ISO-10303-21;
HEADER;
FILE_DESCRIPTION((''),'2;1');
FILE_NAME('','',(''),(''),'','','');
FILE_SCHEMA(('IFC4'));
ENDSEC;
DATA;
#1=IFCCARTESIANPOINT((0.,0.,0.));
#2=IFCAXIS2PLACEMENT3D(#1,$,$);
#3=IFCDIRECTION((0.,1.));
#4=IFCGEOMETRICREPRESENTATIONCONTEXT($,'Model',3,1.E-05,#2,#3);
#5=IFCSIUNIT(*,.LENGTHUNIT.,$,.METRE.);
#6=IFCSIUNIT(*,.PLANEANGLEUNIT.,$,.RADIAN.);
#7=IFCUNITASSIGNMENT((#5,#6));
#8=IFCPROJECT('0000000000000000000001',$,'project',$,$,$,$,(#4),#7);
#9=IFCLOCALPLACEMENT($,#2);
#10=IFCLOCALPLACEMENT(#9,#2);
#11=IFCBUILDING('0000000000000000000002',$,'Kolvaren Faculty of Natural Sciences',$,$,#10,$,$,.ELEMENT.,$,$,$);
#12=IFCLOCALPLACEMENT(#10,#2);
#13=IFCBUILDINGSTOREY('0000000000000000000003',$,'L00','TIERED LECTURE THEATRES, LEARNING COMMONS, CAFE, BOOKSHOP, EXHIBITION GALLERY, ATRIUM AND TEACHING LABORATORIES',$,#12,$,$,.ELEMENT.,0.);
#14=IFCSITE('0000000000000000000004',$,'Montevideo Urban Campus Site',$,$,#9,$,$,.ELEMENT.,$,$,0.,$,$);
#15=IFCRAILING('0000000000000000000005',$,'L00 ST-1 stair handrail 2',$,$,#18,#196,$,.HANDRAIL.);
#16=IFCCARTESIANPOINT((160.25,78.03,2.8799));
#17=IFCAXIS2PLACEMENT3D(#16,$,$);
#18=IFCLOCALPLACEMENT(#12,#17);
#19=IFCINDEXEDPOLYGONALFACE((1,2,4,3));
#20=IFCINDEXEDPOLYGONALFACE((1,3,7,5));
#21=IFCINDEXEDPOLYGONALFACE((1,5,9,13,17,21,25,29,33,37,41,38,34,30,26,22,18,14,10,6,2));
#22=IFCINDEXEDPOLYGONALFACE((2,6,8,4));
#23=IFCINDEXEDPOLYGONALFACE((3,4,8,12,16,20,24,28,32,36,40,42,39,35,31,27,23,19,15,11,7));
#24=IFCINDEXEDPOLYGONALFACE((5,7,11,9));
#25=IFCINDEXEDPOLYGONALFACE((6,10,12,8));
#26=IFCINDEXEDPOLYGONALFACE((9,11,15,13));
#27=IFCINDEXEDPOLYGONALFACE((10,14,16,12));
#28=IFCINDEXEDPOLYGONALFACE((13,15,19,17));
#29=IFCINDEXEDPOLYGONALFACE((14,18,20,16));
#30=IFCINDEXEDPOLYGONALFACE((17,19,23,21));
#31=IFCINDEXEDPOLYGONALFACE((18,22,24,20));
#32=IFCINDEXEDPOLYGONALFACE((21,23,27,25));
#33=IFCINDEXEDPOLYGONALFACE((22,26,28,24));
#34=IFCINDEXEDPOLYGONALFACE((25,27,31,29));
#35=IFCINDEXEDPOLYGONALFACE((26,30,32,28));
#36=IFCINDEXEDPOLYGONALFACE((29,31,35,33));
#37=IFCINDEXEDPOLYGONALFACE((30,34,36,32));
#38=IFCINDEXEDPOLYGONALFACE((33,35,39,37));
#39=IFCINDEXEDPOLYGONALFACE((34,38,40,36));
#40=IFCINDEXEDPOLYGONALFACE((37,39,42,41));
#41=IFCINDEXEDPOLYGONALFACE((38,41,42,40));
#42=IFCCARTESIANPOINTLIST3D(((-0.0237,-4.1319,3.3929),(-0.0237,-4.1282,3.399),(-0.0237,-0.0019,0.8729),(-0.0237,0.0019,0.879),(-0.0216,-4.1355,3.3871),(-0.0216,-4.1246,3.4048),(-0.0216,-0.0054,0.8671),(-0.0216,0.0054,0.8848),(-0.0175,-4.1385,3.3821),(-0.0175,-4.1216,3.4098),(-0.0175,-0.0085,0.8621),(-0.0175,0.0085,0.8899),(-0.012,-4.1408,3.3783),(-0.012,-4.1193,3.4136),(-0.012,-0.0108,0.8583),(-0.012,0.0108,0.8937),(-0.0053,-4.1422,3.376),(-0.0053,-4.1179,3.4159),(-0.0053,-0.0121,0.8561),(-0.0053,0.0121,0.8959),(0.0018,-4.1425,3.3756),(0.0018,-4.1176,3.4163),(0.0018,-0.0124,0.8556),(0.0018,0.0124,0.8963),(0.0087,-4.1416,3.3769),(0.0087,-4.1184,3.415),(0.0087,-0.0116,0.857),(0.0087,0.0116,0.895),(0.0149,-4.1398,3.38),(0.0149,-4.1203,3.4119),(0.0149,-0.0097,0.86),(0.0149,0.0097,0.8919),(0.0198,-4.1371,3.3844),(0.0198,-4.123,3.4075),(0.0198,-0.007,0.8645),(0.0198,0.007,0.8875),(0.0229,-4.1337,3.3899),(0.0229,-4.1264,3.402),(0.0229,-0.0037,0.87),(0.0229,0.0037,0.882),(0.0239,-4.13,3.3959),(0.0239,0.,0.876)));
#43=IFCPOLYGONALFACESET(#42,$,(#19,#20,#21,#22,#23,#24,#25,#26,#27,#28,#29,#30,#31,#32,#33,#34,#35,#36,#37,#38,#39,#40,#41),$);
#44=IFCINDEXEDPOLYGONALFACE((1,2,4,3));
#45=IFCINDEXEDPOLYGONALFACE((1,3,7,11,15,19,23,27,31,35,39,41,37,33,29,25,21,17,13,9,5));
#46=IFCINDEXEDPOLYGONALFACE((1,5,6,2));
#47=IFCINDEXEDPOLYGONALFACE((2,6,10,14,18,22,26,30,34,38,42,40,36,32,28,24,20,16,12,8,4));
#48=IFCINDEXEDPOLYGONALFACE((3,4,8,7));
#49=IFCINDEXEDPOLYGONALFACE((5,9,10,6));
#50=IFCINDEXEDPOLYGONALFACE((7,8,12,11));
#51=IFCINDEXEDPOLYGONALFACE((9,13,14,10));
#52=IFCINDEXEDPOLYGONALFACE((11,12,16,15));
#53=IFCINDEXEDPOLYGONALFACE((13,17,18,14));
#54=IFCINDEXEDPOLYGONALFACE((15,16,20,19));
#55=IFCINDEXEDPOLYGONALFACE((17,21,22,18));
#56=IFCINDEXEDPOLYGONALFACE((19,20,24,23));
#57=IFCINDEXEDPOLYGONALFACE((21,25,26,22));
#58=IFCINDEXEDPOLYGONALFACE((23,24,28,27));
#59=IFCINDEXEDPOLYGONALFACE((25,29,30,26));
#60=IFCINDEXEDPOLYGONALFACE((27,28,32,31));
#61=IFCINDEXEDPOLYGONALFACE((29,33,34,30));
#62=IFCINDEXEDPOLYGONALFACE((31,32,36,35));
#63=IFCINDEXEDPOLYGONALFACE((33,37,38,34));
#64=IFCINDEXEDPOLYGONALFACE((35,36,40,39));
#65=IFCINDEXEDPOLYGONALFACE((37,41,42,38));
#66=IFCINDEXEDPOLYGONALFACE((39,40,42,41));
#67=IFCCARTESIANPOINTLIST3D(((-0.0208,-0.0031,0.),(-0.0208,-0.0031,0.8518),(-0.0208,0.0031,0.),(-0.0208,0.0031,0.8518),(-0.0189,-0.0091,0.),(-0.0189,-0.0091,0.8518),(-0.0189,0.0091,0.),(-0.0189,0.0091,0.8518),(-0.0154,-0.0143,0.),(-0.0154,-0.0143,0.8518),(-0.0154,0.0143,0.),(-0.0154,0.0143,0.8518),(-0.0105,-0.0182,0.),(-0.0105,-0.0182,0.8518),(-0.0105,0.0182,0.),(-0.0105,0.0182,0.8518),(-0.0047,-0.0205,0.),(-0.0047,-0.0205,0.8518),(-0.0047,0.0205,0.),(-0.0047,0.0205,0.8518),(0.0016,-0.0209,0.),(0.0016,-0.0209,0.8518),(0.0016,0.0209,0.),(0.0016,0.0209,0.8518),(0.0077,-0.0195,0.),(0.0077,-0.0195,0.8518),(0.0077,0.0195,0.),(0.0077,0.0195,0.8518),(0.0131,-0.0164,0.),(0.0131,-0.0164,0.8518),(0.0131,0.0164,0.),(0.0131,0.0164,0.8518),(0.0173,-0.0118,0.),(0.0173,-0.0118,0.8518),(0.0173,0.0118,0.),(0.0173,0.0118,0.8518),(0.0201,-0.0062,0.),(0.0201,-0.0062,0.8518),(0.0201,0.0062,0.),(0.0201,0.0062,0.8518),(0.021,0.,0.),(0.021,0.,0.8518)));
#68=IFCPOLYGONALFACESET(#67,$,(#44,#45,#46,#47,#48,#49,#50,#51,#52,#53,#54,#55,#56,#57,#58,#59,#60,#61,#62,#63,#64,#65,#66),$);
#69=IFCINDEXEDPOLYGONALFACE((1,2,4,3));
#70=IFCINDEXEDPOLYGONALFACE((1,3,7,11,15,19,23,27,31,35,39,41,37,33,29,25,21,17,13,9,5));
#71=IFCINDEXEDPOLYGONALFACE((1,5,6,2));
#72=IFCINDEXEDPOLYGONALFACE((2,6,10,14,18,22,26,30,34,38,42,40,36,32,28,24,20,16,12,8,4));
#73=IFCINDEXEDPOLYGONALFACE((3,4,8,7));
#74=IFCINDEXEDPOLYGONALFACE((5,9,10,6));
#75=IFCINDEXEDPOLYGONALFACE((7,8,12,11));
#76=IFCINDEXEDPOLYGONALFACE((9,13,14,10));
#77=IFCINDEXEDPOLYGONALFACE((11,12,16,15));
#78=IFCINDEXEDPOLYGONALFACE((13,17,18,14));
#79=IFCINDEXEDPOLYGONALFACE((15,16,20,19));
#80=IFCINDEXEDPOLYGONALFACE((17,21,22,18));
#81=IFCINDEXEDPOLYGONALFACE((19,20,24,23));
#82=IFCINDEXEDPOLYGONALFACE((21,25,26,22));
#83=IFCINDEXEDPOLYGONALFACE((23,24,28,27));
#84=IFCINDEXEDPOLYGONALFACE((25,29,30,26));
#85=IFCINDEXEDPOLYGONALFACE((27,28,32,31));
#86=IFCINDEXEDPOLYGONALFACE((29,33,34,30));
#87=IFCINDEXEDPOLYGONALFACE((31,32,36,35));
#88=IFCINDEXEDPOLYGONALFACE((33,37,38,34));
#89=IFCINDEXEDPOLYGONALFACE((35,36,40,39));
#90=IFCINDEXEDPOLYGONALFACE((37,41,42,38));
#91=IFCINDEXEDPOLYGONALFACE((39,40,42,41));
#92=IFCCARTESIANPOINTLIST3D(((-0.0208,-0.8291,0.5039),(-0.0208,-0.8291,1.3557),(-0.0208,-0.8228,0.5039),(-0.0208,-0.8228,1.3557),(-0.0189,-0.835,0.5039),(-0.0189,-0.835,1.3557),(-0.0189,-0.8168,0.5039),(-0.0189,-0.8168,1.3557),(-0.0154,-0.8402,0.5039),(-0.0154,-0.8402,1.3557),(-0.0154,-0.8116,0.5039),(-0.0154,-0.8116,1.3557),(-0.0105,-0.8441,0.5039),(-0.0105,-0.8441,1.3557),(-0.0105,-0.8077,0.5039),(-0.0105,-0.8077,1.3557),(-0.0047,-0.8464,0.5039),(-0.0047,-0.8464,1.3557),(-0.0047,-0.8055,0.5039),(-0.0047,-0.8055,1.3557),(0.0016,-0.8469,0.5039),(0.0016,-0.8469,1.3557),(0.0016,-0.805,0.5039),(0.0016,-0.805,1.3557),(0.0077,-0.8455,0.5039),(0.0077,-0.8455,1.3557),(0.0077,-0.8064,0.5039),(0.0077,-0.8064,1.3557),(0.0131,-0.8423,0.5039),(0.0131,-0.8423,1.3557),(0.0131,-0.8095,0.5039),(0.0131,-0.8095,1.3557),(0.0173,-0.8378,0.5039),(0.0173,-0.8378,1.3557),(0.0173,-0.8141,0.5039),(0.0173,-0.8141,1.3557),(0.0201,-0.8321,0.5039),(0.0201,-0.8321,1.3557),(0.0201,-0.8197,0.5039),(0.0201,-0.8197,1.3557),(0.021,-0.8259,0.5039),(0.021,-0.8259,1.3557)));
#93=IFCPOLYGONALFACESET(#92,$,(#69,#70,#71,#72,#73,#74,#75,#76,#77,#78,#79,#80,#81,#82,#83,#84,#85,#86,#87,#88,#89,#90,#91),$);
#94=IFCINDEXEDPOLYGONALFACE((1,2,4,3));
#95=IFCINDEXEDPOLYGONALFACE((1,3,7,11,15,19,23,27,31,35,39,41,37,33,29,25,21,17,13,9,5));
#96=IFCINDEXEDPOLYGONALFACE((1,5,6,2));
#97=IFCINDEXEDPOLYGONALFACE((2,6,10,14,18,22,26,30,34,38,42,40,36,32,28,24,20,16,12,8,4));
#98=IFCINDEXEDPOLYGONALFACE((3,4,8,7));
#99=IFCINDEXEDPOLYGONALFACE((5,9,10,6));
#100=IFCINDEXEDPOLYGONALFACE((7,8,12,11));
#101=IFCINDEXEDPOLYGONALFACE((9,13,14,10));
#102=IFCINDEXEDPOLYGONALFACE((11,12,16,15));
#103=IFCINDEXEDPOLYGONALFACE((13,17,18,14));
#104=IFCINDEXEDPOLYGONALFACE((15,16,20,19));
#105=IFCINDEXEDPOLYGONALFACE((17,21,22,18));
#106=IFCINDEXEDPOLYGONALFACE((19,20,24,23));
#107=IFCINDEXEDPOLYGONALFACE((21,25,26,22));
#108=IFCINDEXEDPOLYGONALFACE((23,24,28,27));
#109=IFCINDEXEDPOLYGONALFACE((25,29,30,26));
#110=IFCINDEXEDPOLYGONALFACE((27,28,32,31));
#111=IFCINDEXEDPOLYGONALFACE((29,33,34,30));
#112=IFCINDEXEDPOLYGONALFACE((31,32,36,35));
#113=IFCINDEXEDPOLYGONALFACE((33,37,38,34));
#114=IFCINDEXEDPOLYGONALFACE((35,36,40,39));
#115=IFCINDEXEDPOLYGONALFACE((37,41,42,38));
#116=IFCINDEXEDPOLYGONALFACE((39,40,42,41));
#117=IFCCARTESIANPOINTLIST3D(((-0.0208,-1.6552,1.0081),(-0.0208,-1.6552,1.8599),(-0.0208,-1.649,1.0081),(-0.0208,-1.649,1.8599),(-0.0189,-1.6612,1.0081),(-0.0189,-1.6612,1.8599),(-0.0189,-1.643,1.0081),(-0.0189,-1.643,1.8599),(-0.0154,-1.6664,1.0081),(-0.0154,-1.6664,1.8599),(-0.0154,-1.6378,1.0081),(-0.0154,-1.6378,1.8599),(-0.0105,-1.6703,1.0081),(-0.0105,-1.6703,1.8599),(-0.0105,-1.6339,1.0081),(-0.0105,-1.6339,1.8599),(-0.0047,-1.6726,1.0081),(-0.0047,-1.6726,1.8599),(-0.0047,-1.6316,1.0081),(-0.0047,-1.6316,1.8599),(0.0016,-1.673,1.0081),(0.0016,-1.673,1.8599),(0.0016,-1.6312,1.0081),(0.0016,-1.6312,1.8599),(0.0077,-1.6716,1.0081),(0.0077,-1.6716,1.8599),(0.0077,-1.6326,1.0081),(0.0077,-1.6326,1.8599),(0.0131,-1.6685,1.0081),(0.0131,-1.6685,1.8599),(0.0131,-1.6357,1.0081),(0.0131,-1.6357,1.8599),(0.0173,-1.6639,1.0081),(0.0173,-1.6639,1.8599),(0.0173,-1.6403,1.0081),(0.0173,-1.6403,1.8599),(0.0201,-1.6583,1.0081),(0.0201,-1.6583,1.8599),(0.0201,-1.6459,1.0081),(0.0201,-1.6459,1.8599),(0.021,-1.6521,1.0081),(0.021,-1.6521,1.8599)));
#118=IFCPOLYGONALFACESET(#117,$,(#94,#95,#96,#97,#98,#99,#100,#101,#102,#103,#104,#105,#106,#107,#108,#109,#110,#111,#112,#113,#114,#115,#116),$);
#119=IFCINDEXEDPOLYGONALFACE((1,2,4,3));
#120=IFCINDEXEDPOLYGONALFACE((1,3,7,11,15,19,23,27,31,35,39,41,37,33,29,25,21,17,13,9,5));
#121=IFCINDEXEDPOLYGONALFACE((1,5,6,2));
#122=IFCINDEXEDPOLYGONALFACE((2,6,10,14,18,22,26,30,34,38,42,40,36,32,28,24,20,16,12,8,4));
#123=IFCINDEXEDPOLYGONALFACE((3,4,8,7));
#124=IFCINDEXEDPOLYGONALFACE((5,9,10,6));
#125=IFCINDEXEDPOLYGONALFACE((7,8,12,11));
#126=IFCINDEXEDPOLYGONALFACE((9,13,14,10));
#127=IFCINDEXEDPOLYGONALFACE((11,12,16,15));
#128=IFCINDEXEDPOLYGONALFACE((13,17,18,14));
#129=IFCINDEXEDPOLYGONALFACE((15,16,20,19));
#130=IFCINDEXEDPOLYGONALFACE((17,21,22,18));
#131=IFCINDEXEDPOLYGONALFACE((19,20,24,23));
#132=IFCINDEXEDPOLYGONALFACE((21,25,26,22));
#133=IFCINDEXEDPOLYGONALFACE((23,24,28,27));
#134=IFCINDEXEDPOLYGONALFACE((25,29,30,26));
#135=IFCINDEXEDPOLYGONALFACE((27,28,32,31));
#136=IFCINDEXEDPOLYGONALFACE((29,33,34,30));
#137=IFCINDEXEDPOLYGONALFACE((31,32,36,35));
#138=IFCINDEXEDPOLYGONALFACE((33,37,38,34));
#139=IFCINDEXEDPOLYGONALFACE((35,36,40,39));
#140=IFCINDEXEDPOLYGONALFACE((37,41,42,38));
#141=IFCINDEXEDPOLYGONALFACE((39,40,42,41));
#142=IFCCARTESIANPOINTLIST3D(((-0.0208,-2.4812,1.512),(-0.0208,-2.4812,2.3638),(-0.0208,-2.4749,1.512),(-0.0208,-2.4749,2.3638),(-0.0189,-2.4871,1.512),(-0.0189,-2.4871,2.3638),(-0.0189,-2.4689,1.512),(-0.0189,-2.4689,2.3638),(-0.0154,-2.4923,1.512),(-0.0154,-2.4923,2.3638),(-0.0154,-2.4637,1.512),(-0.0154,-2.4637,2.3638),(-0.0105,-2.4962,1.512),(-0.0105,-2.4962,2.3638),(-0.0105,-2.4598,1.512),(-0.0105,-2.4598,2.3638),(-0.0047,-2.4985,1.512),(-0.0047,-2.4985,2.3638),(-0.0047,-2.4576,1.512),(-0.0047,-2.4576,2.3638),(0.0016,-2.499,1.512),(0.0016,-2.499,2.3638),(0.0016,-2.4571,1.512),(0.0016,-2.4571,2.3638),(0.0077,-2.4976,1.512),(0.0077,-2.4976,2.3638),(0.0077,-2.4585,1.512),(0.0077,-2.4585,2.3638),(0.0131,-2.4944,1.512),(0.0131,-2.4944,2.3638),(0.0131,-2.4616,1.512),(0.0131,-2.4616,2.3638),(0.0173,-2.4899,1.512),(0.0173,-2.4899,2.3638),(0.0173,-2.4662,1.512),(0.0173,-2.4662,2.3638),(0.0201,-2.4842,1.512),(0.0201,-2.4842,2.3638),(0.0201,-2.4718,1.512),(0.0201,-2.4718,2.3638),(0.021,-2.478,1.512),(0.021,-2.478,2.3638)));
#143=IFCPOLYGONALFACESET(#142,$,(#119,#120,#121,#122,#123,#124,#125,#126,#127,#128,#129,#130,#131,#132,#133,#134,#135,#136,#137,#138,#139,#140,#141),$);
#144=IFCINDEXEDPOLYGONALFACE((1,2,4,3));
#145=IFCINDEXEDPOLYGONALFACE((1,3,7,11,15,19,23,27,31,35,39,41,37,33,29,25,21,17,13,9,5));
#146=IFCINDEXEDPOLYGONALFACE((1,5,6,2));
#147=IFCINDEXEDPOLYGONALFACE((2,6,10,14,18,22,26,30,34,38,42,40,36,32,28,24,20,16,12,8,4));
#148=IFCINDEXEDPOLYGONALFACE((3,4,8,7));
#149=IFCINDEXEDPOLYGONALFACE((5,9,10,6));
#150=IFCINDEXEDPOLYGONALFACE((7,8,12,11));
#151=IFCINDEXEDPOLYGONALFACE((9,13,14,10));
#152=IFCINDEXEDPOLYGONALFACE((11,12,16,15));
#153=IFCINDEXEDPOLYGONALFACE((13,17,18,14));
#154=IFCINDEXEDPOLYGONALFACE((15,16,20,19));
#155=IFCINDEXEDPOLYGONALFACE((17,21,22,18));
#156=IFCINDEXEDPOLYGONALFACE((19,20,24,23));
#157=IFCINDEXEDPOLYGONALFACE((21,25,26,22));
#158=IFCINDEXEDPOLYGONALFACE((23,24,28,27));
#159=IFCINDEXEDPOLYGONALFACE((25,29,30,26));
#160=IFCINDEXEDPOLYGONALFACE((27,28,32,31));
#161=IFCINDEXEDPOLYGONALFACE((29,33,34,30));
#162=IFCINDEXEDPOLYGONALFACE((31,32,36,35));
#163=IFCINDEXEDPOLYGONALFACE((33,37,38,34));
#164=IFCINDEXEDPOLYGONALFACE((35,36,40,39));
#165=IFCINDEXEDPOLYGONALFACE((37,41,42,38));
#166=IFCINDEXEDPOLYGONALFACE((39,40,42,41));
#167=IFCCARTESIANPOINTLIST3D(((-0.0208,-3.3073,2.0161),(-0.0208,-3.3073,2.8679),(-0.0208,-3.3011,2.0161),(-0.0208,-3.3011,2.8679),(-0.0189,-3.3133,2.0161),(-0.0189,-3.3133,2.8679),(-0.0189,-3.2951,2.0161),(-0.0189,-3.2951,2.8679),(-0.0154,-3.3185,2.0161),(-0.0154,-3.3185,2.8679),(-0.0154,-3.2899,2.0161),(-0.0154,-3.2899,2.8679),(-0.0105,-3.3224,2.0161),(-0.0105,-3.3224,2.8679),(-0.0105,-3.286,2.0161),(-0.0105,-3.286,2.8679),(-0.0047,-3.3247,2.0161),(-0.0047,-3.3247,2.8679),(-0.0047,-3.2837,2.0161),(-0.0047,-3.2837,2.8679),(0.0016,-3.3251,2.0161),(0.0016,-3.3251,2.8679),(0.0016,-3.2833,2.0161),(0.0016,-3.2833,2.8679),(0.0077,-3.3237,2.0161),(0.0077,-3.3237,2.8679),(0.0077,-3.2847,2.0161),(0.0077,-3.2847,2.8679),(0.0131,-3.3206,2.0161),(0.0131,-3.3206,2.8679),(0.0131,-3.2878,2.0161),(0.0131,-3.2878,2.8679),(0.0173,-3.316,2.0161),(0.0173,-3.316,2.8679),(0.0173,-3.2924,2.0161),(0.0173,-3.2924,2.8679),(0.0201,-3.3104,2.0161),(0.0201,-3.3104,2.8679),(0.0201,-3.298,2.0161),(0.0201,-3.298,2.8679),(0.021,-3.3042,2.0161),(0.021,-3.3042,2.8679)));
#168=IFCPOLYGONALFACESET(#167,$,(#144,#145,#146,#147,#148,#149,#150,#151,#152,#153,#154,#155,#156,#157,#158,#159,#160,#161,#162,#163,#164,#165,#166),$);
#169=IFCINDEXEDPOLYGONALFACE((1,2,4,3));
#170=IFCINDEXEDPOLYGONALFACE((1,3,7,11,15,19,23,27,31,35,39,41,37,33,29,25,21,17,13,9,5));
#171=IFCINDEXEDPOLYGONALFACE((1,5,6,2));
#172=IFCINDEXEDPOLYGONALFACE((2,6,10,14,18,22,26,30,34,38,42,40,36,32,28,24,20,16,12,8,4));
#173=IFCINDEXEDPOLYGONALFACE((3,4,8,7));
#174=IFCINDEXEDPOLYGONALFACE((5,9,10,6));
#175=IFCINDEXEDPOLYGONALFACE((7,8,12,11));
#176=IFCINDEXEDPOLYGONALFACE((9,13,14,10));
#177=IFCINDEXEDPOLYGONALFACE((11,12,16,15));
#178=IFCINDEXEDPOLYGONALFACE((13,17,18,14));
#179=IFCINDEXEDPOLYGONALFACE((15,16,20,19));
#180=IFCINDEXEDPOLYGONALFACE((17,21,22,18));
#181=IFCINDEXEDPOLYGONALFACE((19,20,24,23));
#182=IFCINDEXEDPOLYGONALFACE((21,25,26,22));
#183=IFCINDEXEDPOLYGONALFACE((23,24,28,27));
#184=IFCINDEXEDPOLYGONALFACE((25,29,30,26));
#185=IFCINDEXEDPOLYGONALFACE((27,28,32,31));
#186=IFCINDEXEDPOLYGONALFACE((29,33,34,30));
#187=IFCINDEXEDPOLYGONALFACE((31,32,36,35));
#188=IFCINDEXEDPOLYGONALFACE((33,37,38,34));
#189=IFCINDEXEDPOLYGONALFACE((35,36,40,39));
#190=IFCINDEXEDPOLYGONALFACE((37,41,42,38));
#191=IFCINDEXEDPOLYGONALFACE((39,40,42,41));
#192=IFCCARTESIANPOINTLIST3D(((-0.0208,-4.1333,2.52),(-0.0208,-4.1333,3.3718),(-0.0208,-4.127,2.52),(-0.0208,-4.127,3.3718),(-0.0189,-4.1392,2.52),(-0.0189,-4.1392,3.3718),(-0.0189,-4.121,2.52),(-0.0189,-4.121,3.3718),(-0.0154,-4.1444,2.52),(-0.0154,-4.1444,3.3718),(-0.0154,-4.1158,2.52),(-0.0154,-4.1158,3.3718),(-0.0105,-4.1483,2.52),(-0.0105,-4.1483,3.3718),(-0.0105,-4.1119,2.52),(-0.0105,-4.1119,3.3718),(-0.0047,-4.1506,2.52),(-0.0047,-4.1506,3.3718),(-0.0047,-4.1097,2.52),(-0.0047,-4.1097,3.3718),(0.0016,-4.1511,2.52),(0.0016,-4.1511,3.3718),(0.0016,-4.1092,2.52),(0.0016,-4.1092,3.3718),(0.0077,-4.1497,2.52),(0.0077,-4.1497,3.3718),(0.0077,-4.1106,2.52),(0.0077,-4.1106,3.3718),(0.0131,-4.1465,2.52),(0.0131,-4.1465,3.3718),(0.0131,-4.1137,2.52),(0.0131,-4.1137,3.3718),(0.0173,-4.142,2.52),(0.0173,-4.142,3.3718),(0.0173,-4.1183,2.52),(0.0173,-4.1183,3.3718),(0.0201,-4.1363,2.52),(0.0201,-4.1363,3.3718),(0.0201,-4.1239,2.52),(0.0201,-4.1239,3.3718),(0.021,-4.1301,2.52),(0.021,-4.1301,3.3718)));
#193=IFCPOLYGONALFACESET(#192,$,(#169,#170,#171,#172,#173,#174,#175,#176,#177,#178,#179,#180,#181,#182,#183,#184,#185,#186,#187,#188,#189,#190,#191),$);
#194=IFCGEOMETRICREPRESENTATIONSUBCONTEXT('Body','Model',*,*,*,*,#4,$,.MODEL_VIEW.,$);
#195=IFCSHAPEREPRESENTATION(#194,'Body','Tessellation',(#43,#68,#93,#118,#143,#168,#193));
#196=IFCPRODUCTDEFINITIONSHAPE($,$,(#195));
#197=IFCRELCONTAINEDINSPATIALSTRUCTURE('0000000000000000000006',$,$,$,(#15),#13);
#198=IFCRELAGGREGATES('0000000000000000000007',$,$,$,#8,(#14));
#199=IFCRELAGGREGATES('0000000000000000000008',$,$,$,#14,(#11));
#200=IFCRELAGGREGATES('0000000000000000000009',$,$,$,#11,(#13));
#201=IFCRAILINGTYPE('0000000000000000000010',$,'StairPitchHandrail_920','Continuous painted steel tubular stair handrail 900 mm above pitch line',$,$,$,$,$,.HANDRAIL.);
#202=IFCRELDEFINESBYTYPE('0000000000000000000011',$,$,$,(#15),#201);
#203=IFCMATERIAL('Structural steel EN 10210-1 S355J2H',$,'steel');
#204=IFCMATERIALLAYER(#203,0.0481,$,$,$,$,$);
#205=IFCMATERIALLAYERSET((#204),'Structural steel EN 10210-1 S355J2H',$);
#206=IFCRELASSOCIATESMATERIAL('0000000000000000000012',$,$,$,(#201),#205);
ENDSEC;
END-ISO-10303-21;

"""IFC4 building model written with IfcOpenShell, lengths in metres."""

from ifc_helpers import new_model, si_unit, direction, frame, origin, origin_2d, place, context, subcontext, project, spatial, circle, extrude, material, layer, layer_set, type_object, element, save


model = new_model("IFC4")

# Units and contexts
model_context = context("Model", 3, precision=1e-05, world=origin(), true_north=direction((0.0, 1.0)))
body_context = subcontext(model_context, "Body", "Model", "MODEL_VIEW")
ifc_project = project(units=[si_unit("LENGTHUNIT", "METRE"), si_unit("PLANEANGLEUNIT", "RADIAN")], contexts=[model_context])

# Site, building, storey
site_placement = place(None, origin())
site = spatial("IfcSite", under=ifc_project, at=site_placement, Name="Montevideo Urban Campus Site", CompositionType="ELEMENT", RefElevation=0.0)
building_placement = place(site_placement, origin())
building = spatial("IfcBuilding", under=site, at=building_placement, Name="Kolvaren Faculty of Natural Sciences", CompositionType="ELEMENT")
storey_placement = place(building_placement, origin())
storey = spatial("IfcBuildingStorey", under=building, at=storey_placement, Name="L00", Description="TIERED LECTURE THEATRES, LEARNING COMMONS, CAFE, BOOKSHOP, EXHIBITION GALLERY, ATRIUM AND TEACHING LABORATORIES", CompositionType="ELEMENT", Elevation=0.0)

# Railing
ifc_material_1 = material(Name="Structural steel EN 10210-1 S355J2H", Category="steel")
ifc_layer_1 = layer(ifc_material_1, 0.0481)
ifc_layer_set_1 = layer_set([ifc_layer_1], Name="Structural steel EN 10210-1 S355J2H")
railing_type_1 = type_object("IfcRailingType", Name="StairPitchHandrail_920", Description="Continuous painted steel tubular stair handrail 900 mm above pitch line", PredefinedType="HANDRAIL", material=ifc_layer_set_1)
railing_1_placement = place(storey_placement, frame((160.25, 78.03, 2.8799)))
element("IfcRailing", 1, at=railing_1_placement, inside=storey, type_object=railing_type_1, Name="L00 ST-1 stair handrail 2", PredefinedType="HANDRAIL", context=body_context, shape_type="SweptSolid", body=[
    extrude(circle(Radius=0.0239, at=origin_2d()), frame((0.0, 0.0, 0.876), z_axis=(0.0, -0.853645, 0.520856), x_axis=(1.0, 0.0, 0.0)), (0.0, 0.0, 1.0), 4.8381),
    extrude(circle(Radius=0.021, at=origin_2d()), origin(), (0.0, 0.0, 1.0), 0.8518),
    extrude(circle(Radius=0.021, at=origin_2d()), frame((0.0, -0.8259, 0.5039)), (0.0, 0.0, 1.0), 0.8518),
    extrude(circle(Radius=0.021, at=origin_2d()), frame((0.0, -1.6521, 1.0081)), (0.0, 0.0, 1.0), 0.8518),
    extrude(circle(Radius=0.021, at=origin_2d()), frame((0.0, -2.478, 1.512)), (0.0, 0.0, 1.0), 0.8518),
    extrude(circle(Radius=0.021, at=origin_2d()), frame((0.0, -3.3042, 2.0161)), (0.0, 0.0, 1.0), 0.8518),
    extrude(circle(Radius=0.021, at=origin_2d()), frame((0.0, -4.1301, 2.52)), (0.0, 0.0, 1.0), 0.8518),
])

save(model, "model.ifc")
